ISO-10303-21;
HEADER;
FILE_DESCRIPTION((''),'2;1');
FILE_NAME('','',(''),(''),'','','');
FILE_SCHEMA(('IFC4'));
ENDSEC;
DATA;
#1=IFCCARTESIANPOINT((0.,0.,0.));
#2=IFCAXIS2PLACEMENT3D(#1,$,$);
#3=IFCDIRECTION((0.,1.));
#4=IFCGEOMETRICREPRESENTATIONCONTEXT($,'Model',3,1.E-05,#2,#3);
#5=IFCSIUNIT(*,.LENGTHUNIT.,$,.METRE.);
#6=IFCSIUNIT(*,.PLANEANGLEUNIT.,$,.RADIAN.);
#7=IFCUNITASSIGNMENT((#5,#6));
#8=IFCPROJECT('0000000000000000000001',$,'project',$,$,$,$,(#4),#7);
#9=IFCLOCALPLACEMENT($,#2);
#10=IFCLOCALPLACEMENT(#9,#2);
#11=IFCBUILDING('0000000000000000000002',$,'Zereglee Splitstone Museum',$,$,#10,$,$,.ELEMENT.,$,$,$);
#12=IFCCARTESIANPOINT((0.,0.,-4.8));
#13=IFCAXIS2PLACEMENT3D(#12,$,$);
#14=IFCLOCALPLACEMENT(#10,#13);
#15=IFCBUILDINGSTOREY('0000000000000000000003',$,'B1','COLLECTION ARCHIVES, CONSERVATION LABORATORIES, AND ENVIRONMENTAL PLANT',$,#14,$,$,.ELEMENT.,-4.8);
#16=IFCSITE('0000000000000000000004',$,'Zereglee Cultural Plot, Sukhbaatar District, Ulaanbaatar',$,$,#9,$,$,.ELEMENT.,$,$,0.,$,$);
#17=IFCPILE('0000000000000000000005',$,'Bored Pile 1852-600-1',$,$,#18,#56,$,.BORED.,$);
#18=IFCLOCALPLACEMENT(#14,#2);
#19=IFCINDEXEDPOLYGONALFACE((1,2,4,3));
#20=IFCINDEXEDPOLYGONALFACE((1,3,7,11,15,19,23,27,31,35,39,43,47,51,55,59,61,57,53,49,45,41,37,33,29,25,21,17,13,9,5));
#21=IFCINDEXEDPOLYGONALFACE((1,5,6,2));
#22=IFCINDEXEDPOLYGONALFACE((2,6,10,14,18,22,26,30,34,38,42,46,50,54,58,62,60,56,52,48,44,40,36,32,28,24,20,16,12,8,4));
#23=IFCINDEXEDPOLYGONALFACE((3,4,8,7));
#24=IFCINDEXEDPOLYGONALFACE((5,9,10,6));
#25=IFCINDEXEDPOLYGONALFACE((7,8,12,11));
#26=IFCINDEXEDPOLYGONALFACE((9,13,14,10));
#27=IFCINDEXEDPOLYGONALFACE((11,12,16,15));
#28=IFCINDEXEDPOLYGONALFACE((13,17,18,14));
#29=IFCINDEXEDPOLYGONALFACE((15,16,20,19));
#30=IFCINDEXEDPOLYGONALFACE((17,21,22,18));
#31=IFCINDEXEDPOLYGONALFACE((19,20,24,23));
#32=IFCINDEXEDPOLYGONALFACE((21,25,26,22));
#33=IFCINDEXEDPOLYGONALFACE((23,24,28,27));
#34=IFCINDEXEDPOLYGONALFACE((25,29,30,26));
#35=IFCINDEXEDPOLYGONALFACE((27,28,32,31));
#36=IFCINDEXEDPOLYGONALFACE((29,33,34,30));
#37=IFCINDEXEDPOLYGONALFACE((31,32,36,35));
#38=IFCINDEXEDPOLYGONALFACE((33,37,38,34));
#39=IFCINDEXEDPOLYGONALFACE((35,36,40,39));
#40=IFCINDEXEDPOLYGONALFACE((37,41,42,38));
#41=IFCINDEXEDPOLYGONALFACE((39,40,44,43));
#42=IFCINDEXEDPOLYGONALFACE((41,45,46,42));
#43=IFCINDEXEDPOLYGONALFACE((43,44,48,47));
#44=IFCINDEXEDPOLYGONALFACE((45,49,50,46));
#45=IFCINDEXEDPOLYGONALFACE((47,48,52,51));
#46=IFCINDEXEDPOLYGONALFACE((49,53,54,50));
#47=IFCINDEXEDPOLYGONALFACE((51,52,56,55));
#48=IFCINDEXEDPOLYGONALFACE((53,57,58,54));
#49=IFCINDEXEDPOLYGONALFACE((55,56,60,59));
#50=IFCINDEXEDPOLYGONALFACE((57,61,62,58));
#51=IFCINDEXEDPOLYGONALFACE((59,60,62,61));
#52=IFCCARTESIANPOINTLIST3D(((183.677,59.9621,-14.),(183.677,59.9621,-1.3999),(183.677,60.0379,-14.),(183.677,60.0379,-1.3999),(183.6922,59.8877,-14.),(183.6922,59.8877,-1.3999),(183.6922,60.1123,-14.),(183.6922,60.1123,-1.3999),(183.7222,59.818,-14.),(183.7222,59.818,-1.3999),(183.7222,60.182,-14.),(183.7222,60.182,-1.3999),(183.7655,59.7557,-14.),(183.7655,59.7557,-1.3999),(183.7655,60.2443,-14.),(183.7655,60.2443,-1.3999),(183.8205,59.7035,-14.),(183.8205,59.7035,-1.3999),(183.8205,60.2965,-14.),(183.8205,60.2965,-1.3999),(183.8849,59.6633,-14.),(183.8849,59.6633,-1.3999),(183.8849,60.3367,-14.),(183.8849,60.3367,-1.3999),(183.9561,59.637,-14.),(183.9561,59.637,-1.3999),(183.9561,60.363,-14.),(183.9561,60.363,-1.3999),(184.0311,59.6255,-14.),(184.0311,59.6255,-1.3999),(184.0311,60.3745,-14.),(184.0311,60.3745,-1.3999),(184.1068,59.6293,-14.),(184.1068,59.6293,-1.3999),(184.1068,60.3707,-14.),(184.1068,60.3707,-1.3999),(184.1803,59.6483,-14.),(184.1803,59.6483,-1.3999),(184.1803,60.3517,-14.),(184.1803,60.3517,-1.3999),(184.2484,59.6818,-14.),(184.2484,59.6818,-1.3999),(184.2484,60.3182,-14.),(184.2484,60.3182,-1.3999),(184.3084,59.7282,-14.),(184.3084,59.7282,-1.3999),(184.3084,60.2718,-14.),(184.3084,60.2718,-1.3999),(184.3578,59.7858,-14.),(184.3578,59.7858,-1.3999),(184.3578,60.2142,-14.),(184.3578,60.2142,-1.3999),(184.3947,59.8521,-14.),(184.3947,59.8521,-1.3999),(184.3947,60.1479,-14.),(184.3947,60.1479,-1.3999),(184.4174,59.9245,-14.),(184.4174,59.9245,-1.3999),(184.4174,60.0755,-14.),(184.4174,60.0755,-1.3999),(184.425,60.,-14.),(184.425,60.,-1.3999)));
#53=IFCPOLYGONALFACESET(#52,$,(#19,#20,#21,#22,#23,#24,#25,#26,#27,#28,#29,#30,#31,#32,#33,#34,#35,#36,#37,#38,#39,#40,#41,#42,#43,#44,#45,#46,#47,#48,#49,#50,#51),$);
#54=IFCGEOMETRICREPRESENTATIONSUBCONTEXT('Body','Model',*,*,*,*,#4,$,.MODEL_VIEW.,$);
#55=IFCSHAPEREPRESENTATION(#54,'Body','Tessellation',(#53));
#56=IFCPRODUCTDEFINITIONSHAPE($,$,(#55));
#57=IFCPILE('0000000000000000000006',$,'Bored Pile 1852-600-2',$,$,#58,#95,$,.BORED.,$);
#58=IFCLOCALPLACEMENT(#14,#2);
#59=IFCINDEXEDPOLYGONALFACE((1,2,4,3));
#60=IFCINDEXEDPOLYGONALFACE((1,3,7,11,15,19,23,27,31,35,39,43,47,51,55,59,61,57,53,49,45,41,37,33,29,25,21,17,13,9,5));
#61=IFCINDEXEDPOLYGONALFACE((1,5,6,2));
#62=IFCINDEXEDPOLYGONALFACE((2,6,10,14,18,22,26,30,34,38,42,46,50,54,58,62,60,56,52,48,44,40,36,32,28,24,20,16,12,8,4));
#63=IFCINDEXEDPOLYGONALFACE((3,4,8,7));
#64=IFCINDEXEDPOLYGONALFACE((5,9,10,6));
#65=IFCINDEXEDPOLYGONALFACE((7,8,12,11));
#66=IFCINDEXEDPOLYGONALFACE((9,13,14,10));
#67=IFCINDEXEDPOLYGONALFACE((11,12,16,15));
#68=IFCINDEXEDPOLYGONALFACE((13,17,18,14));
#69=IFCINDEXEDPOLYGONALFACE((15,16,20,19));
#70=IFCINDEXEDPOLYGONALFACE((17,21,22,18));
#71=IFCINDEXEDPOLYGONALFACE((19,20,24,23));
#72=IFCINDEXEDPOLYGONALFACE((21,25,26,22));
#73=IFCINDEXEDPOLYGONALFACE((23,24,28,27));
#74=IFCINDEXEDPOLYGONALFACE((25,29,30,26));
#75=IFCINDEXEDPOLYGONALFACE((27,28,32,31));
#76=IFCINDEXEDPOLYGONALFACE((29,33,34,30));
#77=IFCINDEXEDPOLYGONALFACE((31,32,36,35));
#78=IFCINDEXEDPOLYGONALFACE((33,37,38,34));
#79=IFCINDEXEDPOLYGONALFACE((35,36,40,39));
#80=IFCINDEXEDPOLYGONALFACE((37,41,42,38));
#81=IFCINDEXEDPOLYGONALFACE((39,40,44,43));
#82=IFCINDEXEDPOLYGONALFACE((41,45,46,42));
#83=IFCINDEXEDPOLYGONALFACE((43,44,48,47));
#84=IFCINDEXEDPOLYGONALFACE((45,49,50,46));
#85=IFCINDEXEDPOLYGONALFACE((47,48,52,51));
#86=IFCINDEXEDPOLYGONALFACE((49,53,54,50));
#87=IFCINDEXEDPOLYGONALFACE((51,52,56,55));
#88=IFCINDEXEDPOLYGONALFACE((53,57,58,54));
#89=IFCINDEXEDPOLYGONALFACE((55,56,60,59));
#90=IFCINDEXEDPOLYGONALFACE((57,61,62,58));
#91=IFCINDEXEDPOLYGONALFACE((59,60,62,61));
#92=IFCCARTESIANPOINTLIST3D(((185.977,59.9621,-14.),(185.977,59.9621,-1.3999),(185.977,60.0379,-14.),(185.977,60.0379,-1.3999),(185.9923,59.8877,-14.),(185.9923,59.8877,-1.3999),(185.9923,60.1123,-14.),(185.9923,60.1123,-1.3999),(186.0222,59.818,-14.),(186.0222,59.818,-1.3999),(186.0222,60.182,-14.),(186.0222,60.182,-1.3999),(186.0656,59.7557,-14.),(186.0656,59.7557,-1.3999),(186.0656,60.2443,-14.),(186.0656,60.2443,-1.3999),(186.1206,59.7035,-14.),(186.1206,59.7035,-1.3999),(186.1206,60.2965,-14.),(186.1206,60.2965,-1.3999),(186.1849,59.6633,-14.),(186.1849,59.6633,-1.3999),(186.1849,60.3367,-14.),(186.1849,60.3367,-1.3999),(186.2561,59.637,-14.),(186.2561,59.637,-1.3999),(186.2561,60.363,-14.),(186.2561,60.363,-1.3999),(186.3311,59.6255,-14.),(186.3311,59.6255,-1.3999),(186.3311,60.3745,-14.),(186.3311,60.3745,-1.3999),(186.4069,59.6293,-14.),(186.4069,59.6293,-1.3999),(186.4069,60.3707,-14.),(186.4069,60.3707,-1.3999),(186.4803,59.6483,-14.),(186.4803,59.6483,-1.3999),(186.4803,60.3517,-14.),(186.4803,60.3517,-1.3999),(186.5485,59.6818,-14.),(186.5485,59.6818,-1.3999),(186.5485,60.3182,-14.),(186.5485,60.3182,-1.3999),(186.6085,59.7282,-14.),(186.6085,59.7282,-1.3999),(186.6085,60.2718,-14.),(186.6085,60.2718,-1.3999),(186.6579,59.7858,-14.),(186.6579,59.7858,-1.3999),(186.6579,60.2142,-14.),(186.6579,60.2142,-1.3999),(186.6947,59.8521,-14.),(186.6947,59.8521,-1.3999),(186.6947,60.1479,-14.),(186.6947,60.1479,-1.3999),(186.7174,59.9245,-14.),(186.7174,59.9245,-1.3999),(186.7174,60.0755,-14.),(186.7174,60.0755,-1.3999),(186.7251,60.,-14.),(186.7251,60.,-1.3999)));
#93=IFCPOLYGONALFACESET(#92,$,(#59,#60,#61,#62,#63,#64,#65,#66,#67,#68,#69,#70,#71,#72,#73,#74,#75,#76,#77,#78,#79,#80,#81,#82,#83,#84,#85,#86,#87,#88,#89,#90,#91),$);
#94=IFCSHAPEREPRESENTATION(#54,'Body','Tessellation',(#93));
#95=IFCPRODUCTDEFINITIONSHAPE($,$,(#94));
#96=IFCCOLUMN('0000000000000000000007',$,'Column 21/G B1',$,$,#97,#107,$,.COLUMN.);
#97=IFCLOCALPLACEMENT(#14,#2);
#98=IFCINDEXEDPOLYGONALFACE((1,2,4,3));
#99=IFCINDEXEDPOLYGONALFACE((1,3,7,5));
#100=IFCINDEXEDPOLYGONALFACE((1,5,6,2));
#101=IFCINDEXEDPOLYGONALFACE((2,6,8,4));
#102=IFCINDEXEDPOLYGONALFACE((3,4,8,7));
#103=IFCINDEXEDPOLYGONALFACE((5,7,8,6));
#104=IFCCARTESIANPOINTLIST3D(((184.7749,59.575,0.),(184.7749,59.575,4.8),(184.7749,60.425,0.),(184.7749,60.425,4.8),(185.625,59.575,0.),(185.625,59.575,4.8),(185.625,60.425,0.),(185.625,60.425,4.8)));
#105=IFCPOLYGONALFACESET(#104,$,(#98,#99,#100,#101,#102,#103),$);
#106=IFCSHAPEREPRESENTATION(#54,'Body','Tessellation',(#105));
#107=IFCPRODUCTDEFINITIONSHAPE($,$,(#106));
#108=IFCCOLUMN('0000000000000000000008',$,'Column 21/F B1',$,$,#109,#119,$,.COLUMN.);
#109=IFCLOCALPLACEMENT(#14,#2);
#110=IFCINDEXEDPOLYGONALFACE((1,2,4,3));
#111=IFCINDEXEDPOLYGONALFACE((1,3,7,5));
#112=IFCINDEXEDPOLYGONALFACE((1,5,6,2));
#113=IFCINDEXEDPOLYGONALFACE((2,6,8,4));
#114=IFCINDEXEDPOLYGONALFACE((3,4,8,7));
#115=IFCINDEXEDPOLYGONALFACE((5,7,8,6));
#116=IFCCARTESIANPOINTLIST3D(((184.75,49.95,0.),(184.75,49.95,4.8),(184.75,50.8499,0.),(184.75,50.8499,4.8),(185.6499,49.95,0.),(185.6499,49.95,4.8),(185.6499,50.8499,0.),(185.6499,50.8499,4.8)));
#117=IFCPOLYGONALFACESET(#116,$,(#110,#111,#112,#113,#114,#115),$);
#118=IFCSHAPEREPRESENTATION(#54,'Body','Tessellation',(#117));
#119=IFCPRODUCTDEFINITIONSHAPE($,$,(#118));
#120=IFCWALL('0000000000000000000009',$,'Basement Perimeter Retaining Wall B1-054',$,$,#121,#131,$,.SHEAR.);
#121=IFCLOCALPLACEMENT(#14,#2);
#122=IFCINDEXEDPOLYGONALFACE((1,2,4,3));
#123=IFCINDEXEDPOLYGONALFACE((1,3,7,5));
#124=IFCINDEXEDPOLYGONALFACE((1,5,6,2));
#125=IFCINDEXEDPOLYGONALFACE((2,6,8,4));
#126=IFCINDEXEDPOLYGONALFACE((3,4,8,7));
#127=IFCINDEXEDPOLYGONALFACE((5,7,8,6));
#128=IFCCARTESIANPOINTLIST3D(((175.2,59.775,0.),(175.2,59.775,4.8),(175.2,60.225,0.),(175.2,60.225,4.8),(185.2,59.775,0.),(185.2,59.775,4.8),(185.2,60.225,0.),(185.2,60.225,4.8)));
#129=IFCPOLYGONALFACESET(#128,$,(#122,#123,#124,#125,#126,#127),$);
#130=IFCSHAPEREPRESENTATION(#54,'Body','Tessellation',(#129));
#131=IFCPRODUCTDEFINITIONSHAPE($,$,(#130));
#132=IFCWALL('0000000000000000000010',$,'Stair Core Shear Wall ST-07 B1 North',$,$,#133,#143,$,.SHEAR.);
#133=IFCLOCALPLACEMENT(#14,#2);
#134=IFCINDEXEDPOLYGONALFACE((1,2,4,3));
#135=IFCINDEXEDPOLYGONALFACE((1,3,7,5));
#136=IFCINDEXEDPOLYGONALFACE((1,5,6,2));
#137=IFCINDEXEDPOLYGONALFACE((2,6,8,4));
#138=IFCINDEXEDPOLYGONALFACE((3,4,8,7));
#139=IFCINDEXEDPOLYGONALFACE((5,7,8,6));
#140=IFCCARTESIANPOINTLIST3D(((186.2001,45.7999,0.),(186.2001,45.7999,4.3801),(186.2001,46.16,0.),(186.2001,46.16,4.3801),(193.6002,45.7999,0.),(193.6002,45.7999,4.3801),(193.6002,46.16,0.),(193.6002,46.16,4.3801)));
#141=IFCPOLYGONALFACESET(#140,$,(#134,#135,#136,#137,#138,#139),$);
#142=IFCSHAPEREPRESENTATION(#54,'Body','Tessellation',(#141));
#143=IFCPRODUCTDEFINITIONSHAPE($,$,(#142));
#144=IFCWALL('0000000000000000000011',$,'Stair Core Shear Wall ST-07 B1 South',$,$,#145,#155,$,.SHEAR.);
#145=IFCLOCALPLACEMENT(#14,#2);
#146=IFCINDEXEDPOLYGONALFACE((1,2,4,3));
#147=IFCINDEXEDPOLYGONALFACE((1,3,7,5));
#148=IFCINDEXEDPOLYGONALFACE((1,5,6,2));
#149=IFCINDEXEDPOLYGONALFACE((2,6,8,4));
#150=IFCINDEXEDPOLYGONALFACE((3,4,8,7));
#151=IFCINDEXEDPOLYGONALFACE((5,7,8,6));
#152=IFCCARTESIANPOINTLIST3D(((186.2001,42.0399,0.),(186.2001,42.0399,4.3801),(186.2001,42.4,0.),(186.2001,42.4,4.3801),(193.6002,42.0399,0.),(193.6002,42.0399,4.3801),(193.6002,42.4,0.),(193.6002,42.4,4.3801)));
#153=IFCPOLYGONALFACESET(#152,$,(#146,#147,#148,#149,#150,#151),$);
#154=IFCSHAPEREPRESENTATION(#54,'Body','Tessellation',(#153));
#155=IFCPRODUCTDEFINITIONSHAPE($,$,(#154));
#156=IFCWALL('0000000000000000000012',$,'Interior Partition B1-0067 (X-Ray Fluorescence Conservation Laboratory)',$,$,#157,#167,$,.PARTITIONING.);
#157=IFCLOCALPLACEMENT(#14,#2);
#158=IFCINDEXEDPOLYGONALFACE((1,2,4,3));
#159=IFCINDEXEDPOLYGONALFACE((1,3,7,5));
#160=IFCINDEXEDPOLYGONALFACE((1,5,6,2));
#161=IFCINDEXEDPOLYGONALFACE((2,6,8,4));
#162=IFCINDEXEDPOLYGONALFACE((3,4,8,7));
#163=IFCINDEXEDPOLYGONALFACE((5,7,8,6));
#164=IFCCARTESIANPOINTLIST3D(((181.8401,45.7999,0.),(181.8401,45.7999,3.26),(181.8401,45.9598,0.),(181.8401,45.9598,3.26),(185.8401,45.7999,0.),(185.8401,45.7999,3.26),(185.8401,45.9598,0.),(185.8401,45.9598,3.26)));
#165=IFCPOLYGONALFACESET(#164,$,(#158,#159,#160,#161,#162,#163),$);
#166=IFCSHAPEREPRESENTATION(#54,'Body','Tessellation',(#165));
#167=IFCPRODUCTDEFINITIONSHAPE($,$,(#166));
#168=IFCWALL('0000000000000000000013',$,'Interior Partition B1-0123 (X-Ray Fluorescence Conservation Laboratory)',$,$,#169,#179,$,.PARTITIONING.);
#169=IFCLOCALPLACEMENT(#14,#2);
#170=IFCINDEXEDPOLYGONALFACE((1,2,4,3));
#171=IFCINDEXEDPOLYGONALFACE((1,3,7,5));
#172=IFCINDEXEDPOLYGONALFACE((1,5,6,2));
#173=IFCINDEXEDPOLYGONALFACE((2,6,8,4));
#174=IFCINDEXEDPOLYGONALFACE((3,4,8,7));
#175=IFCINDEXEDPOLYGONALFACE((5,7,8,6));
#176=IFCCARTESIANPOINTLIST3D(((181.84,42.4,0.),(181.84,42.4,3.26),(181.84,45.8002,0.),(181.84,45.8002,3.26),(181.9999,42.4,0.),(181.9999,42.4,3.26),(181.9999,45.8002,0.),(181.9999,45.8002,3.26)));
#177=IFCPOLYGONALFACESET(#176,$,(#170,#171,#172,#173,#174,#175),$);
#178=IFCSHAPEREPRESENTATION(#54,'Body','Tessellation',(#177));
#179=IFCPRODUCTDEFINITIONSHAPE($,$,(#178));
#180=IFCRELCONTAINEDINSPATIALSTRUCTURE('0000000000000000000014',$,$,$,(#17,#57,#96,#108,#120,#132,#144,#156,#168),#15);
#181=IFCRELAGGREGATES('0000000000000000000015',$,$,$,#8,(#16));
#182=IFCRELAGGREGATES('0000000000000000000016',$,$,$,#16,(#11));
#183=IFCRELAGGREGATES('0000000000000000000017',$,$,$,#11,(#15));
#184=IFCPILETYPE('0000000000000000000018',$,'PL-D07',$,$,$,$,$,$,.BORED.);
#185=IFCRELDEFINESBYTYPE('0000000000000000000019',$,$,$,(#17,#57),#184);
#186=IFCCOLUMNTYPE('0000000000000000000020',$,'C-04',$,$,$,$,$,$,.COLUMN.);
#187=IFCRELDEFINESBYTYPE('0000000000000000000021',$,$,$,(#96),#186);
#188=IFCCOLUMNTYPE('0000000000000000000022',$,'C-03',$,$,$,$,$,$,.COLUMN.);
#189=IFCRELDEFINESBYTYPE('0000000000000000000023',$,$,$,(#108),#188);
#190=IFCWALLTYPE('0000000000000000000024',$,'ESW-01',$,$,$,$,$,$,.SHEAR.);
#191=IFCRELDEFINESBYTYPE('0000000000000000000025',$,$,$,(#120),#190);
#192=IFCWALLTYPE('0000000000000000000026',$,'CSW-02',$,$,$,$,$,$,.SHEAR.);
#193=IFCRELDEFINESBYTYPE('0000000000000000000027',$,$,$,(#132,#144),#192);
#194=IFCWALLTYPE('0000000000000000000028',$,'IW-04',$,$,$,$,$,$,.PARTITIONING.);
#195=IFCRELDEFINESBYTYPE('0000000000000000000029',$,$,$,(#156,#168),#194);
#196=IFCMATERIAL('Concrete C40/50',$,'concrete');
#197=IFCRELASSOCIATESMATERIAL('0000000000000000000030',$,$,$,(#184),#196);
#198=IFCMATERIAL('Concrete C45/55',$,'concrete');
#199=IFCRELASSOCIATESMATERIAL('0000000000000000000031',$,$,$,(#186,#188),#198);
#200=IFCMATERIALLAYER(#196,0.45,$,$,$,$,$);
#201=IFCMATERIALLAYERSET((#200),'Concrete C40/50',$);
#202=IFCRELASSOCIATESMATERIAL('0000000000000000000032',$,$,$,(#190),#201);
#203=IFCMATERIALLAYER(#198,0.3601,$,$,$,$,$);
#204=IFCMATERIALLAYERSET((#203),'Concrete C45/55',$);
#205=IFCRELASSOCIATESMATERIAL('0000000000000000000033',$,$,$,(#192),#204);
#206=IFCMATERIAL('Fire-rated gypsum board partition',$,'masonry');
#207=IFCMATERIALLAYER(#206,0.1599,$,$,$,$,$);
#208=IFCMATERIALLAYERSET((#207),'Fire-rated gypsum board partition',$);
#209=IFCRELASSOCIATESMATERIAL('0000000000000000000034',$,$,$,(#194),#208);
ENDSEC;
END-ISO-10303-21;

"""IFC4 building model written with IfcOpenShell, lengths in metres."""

from ifc_helpers import new_model, si_unit, direction, frame, frame_2d, origin, origin_2d, place, context, subcontext, project, spatial, rectangle, circle, extrude, material, layer, layer_set, material_profile, profile_set, type_object, element, save


model = new_model("IFC4")

# Units and contexts
model_context = context("Model", 3, precision=1e-05, world=origin(), true_north=direction((0.0, 1.0)))
body_context = subcontext(model_context, "Body", "Model", "MODEL_VIEW")
ifc_project = project(units=[si_unit("LENGTHUNIT", "METRE"), si_unit("PLANEANGLEUNIT", "RADIAN")], contexts=[model_context])

# Site, building, storey
site_placement = place(None, origin())
site = spatial("IfcSite", under=ifc_project, at=site_placement, Name="Zereglee Cultural Plot, Sukhbaatar District, Ulaanbaatar", CompositionType="ELEMENT", RefElevation=0.0)
building_placement = place(site_placement, origin())
building = spatial("IfcBuilding", under=site, at=building_placement, Name="Zereglee Splitstone Museum", CompositionType="ELEMENT")
storey_placement = place(building_placement, frame((0.0, 0.0, -4.8)))
storey = spatial("IfcBuildingStorey", under=building, at=storey_placement, Name="B1", Description="COLLECTION ARCHIVES, CONSERVATION LABORATORIES, AND ENVIRONMENTAL PLANT", CompositionType="ELEMENT", Elevation=-4.8)

# Shared definitions
ifc_material_1 = material(Name="Concrete C40/50", Category="concrete")

# Piles
ifc_material_profile_1 = material_profile(ifc_material_1, circle(Radius=0.375, at=origin_2d()), Name="PILE D750")
ifc_profile_set_1 = profile_set([ifc_material_profile_1], Name="Concrete C40/50")
pile_type = type_object("IfcPileType", Name="PL-D07", PredefinedType="BORED", material=ifc_profile_set_1)
for number, where, z_axis, x_axis, name in (
    (1, (184.05, 60.0, -1.3999), (0.0, 0.0, -1.0), (1.0, 0.0, 0.0), "Bored Pile 1852-600-1"),
    (2, (186.3501, 60.0, -1.3999), (0.0, 0.0, -1.0), (1.0, 0.0, 0.0), "Bored Pile 1852-600-2"),
):
    element("IfcPile", number, at=place(storey_placement, frame(where, z_axis=z_axis, x_axis=x_axis)), inside=storey, type_object=pile_type, Name=name, PredefinedType="BORED", context=body_context, shape_type="SweptSolid", body=[
        extrude(circle(Radius=0.375, at=origin_2d()), origin(), (0.0, 0.0, 1.0), 12.6001),
    ])

# Columns
ifc_material_2 = material(Name="Concrete C45/55", Category="concrete")
ifc_material_profile_2 = material_profile(ifc_material_2, rectangle(XDim=0.8501, YDim=0.8501, at=origin_2d()), Name="RC 850x850")
ifc_profile_set_2 = profile_set([ifc_material_profile_2], Name="Concrete C45/55")
column_type_1 = type_object("IfcColumnType", Name="C-04", PredefinedType="COLUMN", material=ifc_profile_set_2)
column_1_placement = place(storey_placement, frame((185.2, 60.0, 0.0), z_axis=(0.0, 0.0, 1.0), x_axis=(1.0, 0.0, 0.0)))
element("IfcColumn", 3, at=column_1_placement, inside=storey, type_object=column_type_1, Name="Column 21/G B1", PredefinedType="COLUMN", context=body_context, shape_type="SweptSolid", body=[
    extrude(rectangle(XDim=0.8501, YDim=0.8501, at=origin_2d()), origin(), (0.0, 0.0, 1.0), 4.8),
])
ifc_material_profile_3 = material_profile(ifc_material_2, rectangle(XDim=0.8999, YDim=0.8999, at=origin_2d()), Name="RC 900x900")
ifc_profile_set_3 = profile_set([ifc_material_profile_3], Name="Concrete C45/55")
column_type_2 = type_object("IfcColumnType", Name="C-03", PredefinedType="COLUMN", material=ifc_profile_set_3)
column_2_placement = place(storey_placement, frame((185.2, 50.3999, 0.0), z_axis=(0.0, 0.0, 1.0), x_axis=(1.0, 0.0, 0.0)))
element("IfcColumn", 4, at=column_2_placement, inside=storey, type_object=column_type_2, Name="Column 21/F B1", PredefinedType="COLUMN", context=body_context, shape_type="SweptSolid", body=[
    extrude(rectangle(XDim=0.8999, YDim=0.8999, at=origin_2d()), origin(), (0.0, 0.0, 1.0), 4.8),
])

# Walls
ifc_layer_1 = layer(ifc_material_1, 0.45)
ifc_layer_set_1 = layer_set([ifc_layer_1], Name="Concrete C40/50")
wall_type_1 = type_object("IfcWallType", Name="ESW-01", PredefinedType="SHEAR", material=ifc_layer_set_1)
wall_1_placement = place(storey_placement, frame((185.2, 60.0, 0.0), z_axis=(0.0, 0.0, 1.0), x_axis=(-1.0, 0.0, 0.0)))
element("IfcWall", 5, at=wall_1_placement, inside=storey, type_object=wall_type_1, Name="Basement Perimeter Retaining Wall B1-054", PredefinedType="SHEAR", context=body_context, shape_type="SweptSolid", body=[
    extrude(rectangle(XDim=10.0, YDim=0.45, at=frame_2d((5.0, 0.0))), origin(), (0.0, 0.0, 1.0), 4.8),
])
ifc_layer_2 = layer(ifc_material_2, 0.3601)
ifc_layer_set_2 = layer_set([ifc_layer_2], Name="Concrete C45/55")
wall_type_2 = type_object("IfcWallType", Name="CSW-02", PredefinedType="SHEAR", material=ifc_layer_set_2)
for number, where, z_axis, x_axis, name in (
    (6, (186.2, 45.98, 0.0), (0.0, 0.0, 1.0), (1.0, 0.0, 0.0), "Stair Core Shear Wall ST-07 B1 North"),
    (7, (186.2, 42.22, 0.0), (0.0, 0.0, 1.0), (1.0, 0.0, 0.0), "Stair Core Shear Wall ST-07 B1 South"),
):
    element("IfcWall", number, at=place(storey_placement, frame(where, z_axis=z_axis, x_axis=x_axis)), inside=storey, type_object=wall_type_2, Name=name, PredefinedType="SHEAR", context=body_context, shape_type="SweptSolid", body=[
        extrude(rectangle(XDim=7.4001, YDim=0.3601, at=frame_2d((3.7002, 0.0))), origin(), (0.0, 0.0, 1.0), 4.3801),
    ])
ifc_material_3 = material(Name="Fire-rated gypsum board partition", Category="masonry")
ifc_layer_3 = layer(ifc_material_3, 0.1599)
ifc_layer_set_3 = layer_set([ifc_layer_3], Name="Fire-rated gypsum board partition")
wall_type_3 = type_object("IfcWallType", Name="IW-04", PredefinedType="PARTITIONING", material=ifc_layer_set_3)
wall_2_placement = place(storey_placement, frame((181.8401, 45.8799, 0.0), z_axis=(0.0, 0.0, 1.0), x_axis=(1.0, 0.0, 0.0)))
element("IfcWall", 8, at=wall_2_placement, inside=storey, type_object=wall_type_3, Name="Interior Partition B1-0067 (X-Ray Fluorescence Conservation Laboratory)", PredefinedType="PARTITIONING", context=body_context, shape_type="SweptSolid", body=[
    extrude(rectangle(XDim=4.0, YDim=0.1599, at=frame_2d((2.0, 0.0))), origin(), (0.0, 0.0, 1.0), 3.26),
])
wall_3_placement = place(storey_placement, frame((181.9199, 42.3999, 0.0), z_axis=(0.0, 0.0, 1.0), x_axis=(0.0, 1.0, 0.0)))
element("IfcWall", 9, at=wall_3_placement, inside=storey, type_object=wall_type_3, Name="Interior Partition B1-0123 (X-Ray Fluorescence Conservation Laboratory)", PredefinedType="PARTITIONING", context=body_context, shape_type="SweptSolid", body=[
    extrude(rectangle(XDim=3.4001, YDim=0.1599, at=frame_2d((1.7002, 0.0))), origin(), (0.0, 0.0, 1.0), 3.26),
])

save(model, "model.ifc")
